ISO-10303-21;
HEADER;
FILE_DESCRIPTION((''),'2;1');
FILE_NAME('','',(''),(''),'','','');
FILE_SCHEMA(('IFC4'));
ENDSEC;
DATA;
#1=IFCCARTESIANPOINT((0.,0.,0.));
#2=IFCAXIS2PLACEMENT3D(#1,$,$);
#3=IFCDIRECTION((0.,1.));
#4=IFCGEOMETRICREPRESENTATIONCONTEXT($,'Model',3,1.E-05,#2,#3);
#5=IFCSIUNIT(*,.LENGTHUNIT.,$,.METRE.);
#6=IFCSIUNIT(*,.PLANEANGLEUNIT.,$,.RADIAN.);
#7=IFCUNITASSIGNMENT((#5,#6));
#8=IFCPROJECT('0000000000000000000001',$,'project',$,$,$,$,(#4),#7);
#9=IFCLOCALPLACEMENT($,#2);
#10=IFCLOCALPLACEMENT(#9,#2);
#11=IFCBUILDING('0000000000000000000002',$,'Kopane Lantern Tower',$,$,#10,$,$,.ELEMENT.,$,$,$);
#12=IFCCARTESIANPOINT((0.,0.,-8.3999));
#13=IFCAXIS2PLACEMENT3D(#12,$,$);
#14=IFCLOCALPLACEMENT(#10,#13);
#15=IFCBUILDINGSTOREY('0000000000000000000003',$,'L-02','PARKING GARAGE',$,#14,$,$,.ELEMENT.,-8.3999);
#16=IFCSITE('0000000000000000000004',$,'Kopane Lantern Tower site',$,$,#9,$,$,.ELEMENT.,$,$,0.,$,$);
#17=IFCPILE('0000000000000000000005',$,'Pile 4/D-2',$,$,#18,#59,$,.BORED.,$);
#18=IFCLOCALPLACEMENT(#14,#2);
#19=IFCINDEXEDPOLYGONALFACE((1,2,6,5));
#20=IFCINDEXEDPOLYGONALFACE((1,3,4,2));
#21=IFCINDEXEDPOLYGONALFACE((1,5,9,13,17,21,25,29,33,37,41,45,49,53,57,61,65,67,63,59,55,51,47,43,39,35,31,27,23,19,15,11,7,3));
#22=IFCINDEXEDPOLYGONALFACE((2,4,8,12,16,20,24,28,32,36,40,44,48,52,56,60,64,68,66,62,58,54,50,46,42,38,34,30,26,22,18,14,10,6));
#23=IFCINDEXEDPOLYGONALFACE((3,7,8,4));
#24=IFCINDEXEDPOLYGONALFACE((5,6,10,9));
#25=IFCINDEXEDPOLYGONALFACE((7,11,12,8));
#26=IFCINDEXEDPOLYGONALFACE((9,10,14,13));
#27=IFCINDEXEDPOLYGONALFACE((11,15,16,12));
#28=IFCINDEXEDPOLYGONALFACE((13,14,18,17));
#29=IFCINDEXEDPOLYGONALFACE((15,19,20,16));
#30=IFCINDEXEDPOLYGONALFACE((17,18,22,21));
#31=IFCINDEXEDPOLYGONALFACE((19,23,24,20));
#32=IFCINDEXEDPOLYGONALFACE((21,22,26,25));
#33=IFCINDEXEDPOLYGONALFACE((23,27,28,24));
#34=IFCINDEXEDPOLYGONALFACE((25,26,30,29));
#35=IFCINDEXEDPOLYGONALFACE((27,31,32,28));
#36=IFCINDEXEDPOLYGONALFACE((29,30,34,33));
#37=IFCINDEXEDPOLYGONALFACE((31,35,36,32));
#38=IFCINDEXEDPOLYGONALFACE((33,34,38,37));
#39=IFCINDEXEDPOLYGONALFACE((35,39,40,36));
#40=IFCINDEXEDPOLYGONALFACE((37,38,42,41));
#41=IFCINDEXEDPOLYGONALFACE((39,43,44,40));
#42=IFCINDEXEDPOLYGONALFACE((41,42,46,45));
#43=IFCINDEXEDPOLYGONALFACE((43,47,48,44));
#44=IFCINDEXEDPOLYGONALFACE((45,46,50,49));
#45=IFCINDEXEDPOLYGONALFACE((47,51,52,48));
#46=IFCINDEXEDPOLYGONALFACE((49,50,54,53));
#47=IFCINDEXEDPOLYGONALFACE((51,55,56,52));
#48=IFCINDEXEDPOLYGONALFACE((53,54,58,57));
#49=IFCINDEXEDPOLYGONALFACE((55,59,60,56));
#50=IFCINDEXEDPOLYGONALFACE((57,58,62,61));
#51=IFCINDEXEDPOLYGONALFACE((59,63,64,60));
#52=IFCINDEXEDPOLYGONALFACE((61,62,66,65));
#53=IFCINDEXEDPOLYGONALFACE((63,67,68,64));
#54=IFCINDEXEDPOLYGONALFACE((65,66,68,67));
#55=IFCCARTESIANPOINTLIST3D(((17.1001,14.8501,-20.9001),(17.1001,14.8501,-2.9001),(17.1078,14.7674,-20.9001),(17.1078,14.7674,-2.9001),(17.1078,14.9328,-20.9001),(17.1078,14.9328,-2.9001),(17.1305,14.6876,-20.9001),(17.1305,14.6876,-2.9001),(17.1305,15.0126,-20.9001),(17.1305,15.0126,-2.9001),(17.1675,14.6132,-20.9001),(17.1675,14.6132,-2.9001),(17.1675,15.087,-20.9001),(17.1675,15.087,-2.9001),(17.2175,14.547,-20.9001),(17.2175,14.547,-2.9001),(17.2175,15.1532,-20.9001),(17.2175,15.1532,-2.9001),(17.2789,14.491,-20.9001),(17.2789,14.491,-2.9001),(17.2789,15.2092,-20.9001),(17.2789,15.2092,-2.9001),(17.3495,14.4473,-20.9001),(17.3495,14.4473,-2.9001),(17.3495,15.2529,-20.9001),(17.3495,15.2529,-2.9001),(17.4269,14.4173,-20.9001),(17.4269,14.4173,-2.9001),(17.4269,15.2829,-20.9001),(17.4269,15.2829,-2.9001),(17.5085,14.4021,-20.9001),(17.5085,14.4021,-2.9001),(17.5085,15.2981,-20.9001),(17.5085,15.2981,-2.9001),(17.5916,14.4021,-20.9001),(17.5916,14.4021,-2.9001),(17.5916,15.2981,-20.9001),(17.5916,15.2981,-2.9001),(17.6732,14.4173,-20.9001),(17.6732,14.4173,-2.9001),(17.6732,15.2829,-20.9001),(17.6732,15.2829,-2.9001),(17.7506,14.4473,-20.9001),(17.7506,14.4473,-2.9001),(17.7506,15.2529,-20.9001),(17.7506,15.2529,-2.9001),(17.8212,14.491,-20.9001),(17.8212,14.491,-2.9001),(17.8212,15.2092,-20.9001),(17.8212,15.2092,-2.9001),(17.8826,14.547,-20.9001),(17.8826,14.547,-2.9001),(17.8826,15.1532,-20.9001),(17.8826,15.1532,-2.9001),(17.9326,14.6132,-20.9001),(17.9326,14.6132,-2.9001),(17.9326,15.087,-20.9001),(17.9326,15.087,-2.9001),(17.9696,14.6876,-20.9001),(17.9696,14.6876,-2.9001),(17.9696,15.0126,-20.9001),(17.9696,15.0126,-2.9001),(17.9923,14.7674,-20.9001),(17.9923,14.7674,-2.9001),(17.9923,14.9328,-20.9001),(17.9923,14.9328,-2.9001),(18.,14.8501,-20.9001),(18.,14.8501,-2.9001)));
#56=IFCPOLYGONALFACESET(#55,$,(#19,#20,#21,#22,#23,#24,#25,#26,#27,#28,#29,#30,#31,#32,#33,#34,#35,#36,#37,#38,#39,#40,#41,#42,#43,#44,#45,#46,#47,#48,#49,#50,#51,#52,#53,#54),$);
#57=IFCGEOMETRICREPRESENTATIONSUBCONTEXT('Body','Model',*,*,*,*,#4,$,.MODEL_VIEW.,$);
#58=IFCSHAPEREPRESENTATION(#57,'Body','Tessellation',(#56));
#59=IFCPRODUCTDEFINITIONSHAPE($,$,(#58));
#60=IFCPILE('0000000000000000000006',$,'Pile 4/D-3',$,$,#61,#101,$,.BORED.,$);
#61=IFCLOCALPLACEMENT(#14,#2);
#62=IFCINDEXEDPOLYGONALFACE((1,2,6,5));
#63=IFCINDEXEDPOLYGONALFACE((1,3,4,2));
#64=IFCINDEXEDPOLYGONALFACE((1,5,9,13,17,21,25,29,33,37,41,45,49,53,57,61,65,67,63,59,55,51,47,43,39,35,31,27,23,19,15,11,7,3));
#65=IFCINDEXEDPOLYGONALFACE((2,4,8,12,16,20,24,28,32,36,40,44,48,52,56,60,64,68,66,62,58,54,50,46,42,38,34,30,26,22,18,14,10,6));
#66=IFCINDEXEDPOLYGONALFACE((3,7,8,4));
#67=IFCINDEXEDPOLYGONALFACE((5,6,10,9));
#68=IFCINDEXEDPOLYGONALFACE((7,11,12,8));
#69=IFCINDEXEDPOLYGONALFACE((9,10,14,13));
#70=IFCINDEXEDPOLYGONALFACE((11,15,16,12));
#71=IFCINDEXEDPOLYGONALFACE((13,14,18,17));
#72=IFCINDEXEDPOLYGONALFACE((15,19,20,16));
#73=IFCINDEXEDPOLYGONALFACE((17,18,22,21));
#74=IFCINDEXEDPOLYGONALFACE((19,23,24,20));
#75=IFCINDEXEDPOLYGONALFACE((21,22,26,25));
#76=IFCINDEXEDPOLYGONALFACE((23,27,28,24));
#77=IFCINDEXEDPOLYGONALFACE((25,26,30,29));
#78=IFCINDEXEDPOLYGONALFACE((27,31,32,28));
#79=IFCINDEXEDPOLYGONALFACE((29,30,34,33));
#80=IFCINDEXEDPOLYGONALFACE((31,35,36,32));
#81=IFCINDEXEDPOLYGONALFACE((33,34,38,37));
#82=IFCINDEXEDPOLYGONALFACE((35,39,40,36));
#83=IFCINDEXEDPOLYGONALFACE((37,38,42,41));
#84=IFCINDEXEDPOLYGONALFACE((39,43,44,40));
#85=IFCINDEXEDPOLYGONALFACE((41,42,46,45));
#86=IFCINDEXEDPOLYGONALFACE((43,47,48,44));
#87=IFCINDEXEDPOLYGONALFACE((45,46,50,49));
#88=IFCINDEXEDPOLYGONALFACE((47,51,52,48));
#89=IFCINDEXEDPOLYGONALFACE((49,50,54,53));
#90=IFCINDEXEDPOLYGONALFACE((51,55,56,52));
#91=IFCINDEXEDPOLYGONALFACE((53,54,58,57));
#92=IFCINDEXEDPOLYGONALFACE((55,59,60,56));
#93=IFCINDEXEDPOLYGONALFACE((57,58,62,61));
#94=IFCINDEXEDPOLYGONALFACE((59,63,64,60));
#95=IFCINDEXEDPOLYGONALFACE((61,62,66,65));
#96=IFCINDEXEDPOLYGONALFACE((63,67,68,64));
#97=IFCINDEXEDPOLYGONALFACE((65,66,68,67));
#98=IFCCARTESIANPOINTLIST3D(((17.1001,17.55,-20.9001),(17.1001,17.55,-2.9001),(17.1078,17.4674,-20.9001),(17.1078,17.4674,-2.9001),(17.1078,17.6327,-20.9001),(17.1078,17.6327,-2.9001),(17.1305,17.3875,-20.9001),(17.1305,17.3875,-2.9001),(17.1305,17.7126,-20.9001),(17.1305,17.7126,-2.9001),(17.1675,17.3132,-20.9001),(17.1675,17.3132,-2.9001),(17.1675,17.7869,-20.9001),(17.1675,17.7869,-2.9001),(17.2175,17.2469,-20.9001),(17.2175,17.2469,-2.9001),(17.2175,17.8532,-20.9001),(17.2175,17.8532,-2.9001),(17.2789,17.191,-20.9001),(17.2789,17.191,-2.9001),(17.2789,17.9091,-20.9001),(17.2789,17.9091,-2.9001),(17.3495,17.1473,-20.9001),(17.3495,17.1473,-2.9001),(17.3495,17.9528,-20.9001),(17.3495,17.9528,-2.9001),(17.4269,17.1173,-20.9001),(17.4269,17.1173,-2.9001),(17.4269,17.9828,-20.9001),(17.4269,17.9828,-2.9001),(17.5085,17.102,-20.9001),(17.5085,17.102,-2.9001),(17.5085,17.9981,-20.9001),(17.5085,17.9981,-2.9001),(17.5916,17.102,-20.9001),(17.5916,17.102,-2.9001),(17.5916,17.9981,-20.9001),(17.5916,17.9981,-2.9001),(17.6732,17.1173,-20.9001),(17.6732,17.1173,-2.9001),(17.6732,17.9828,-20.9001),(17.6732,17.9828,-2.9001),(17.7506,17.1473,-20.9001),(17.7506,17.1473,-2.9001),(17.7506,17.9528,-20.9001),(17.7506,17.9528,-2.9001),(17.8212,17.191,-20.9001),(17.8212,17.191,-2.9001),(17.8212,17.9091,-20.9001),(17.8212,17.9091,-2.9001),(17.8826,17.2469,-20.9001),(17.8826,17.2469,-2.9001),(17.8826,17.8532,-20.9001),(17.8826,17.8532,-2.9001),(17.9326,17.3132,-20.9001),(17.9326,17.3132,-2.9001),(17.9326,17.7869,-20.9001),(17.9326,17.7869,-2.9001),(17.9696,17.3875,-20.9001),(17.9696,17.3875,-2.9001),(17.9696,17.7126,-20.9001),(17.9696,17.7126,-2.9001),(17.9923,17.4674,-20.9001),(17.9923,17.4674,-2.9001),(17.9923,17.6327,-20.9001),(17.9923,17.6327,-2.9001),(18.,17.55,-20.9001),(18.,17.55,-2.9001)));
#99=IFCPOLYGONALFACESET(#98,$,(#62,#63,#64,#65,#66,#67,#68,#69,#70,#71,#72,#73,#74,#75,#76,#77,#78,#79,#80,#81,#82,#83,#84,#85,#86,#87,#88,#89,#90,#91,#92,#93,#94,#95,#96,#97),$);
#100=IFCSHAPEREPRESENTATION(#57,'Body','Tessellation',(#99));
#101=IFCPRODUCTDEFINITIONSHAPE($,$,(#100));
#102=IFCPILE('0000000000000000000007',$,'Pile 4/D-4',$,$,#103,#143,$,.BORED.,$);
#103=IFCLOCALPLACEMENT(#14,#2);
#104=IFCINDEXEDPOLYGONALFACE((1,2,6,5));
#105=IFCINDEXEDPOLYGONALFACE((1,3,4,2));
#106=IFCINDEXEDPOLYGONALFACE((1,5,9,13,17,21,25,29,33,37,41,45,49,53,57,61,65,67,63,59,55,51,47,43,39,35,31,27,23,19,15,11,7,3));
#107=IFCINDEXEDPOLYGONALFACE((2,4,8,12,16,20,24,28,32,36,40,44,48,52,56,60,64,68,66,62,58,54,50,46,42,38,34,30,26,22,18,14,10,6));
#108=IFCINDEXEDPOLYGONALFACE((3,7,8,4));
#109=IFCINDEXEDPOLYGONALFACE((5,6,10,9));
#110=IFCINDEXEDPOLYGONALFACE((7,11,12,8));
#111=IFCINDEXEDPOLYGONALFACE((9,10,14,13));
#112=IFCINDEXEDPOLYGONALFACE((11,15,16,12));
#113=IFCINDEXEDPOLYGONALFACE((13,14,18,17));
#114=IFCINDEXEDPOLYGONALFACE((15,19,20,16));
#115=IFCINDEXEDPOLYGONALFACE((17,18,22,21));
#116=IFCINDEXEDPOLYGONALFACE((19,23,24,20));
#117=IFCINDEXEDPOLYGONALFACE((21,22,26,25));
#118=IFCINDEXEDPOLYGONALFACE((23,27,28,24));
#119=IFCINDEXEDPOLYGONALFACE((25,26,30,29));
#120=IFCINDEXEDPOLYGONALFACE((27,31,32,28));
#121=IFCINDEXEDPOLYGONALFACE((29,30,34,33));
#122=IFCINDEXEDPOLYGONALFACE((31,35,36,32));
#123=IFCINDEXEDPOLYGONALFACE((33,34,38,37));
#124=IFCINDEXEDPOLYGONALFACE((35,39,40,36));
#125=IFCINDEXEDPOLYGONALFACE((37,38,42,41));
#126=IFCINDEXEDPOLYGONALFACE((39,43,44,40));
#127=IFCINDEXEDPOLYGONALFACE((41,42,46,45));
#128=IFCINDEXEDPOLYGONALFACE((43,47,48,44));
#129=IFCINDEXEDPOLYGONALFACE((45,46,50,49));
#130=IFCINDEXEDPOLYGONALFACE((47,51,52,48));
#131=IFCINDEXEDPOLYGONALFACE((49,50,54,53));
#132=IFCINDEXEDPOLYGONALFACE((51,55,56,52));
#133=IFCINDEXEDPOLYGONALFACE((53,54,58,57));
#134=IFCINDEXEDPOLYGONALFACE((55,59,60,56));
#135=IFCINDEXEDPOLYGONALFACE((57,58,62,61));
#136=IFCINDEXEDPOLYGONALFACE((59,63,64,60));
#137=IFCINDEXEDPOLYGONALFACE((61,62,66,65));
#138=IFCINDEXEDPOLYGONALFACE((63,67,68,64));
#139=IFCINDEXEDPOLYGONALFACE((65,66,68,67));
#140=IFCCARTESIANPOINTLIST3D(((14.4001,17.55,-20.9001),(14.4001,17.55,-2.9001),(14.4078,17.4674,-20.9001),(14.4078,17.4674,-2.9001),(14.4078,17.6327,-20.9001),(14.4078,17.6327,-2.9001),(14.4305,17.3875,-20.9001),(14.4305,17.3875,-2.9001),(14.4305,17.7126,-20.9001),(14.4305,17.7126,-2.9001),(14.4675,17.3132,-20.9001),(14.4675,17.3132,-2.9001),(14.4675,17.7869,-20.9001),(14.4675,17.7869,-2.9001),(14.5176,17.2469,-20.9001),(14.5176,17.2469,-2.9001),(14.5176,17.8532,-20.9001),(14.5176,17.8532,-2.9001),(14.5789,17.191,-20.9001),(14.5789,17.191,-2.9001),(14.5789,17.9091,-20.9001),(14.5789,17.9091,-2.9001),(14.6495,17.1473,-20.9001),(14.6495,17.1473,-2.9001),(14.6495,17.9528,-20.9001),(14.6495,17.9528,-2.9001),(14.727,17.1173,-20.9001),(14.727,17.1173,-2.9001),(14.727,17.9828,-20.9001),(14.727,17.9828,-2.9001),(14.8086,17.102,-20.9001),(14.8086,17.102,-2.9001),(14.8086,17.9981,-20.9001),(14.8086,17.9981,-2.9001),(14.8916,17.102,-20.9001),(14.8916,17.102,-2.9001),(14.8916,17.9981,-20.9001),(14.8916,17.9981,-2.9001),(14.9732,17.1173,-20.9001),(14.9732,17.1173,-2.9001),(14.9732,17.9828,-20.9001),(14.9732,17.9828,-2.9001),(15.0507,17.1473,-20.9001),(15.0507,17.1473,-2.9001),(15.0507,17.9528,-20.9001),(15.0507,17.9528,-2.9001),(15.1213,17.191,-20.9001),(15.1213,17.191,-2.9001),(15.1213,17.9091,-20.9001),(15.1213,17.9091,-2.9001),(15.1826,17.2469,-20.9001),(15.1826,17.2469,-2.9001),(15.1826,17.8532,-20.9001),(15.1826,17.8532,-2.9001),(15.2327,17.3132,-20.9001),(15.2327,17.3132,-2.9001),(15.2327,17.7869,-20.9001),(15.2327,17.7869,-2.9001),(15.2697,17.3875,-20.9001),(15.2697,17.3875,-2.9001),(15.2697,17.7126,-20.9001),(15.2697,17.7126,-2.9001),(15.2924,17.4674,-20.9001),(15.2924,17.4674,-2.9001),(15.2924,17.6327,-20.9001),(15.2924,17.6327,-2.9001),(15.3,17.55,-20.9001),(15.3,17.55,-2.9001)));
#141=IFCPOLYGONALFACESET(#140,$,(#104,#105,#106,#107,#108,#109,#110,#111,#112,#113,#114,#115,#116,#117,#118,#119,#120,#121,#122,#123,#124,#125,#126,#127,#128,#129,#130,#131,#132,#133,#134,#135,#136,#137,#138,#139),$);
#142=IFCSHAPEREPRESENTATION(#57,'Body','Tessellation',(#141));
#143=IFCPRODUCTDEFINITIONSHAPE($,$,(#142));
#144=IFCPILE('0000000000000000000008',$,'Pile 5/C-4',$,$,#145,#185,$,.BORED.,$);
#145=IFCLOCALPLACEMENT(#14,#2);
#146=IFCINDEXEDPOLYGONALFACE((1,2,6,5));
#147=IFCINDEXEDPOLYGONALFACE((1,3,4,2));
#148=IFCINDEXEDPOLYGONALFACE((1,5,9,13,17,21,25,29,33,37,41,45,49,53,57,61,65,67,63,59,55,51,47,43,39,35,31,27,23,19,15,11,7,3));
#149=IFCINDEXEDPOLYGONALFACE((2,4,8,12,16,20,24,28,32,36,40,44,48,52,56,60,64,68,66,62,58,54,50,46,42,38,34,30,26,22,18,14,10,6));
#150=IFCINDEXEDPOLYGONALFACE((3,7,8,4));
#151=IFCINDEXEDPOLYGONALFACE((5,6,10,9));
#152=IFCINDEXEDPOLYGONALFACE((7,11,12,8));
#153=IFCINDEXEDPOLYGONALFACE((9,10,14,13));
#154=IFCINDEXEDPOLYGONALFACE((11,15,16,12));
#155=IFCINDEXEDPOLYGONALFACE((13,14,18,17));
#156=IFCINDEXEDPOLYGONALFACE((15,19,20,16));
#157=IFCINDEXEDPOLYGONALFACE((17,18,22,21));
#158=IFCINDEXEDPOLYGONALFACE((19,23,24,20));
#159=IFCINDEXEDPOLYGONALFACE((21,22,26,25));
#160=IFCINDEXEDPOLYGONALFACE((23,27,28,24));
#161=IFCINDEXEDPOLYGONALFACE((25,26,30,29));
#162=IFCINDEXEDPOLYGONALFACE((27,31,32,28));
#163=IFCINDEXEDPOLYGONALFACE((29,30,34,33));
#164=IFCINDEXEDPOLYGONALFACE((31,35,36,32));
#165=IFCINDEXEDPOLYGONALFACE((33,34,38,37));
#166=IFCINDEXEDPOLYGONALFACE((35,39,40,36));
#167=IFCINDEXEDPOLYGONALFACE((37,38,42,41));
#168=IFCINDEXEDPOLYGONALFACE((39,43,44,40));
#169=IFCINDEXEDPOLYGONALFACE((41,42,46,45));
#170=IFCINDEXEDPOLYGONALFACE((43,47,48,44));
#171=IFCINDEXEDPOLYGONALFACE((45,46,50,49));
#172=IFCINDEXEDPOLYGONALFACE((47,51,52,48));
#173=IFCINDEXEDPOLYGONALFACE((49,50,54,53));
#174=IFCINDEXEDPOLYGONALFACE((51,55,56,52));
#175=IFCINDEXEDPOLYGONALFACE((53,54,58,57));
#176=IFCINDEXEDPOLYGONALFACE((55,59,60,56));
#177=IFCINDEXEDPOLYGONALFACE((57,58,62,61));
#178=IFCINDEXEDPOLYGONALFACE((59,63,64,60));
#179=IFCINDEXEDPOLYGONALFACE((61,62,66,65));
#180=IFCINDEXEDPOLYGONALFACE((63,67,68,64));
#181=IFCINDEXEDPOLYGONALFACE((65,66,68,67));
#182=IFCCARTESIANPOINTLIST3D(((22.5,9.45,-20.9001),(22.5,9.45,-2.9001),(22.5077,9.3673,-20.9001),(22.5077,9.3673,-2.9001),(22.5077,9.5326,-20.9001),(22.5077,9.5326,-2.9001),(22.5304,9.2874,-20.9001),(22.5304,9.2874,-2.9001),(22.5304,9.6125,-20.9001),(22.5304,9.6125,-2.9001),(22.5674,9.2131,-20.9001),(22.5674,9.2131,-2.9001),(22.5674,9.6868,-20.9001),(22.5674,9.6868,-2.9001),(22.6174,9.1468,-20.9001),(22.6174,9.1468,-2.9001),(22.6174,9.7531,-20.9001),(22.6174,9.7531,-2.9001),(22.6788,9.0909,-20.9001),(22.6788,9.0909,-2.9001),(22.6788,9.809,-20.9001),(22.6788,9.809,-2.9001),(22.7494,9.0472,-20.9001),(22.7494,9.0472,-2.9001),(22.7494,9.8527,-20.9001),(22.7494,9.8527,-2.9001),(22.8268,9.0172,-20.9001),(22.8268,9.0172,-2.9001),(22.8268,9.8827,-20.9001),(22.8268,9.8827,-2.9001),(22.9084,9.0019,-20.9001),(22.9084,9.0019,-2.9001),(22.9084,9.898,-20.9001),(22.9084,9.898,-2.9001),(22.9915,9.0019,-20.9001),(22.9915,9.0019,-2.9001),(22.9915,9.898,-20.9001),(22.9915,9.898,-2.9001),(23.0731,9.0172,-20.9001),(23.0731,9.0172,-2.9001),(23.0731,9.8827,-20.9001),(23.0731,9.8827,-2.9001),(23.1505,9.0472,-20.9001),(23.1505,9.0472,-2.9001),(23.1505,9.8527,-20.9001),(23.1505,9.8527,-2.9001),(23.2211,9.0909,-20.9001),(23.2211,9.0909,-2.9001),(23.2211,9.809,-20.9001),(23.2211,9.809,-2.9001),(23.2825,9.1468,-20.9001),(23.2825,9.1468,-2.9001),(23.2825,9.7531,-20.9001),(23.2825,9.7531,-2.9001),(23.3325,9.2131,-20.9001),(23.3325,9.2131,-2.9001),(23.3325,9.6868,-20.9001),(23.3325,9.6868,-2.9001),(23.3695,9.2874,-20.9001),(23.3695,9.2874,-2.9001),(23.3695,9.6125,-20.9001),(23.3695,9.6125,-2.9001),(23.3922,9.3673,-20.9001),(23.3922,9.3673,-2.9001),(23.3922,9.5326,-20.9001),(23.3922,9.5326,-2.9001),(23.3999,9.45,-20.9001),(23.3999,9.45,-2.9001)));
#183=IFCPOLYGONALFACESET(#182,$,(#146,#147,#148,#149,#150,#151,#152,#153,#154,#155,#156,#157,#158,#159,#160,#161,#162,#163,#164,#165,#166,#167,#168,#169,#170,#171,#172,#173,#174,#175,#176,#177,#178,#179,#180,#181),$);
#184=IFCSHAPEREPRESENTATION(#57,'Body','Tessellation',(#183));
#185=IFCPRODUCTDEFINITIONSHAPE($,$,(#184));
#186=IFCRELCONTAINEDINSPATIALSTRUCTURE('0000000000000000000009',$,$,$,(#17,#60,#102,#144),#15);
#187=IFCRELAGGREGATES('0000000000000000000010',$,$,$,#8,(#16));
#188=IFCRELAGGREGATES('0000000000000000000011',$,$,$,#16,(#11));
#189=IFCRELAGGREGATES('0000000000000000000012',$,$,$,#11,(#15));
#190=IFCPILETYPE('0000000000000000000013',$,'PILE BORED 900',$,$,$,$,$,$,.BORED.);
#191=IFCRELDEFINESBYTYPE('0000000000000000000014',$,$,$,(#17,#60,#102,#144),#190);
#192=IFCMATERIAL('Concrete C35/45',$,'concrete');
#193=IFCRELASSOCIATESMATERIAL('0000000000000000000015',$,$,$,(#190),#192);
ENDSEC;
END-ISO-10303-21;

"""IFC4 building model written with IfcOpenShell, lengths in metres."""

from ifc_helpers import new_model, si_unit, direction, frame, origin, origin_2d, place, context, subcontext, project, spatial, circle, extrude, material, material_profile, profile_set, type_object, element, save


model = new_model("IFC4")

# Units and contexts
model_context = context("Model", 3, precision=1e-05, world=origin(), true_north=direction((0.0, 1.0)))
body_context = subcontext(model_context, "Body", "Model", "MODEL_VIEW")
ifc_project = project(units=[si_unit("LENGTHUNIT", "METRE"), si_unit("PLANEANGLEUNIT", "RADIAN")], contexts=[model_context])

# Site, building, storey
site_placement = place(None, origin())
site = spatial("IfcSite", under=ifc_project, at=site_placement, Name="Kopane Lantern Tower site", CompositionType="ELEMENT", RefElevation=0.0)
building_placement = place(site_placement, origin())
building = spatial("IfcBuilding", under=site, at=building_placement, Name="Kopane Lantern Tower", CompositionType="ELEMENT")
storey_placement = place(building_placement, frame((0.0, 0.0, -8.3999)))
storey = spatial("IfcBuildingStorey", under=building, at=storey_placement, Name="L-02", Description="PARKING GARAGE", CompositionType="ELEMENT", Elevation=-8.3999)

# Piles
ifc_material_1 = material(Name="Concrete C35/45", Category="concrete")
ifc_material_profile_1 = material_profile(ifc_material_1, circle(Radius=0.45, at=origin_2d()), Name="D900")
ifc_profile_set_1 = profile_set([ifc_material_profile_1], Name="Concrete C35/45")
pile_type_1 = type_object("IfcPileType", Name="PILE BORED 900", PredefinedType="BORED", material=ifc_profile_set_1)
for number, where, z_axis, x_axis, name in (
    (1, (17.55, 14.8501, -2.9001), (0.0, 0.0, -1.0), (1.0, 0.0, 0.0), "Pile 4/D-2"),
    (2, (17.55, 17.55, -2.9001), (0.0, 0.0, -1.0), (1.0, 0.0, 0.0), "Pile 4/D-3"),
    (3, (14.8501, 17.55, -2.9001), (0.0, 0.0, -1.0), (1.0, 0.0, 0.0), "Pile 4/D-4"),
    (4, (22.95, 9.45, -2.9001), (0.0, 0.0, -1.0), (1.0, 0.0, 0.0), "Pile 5/C-4"),
):
    element("IfcPile", number, at=place(storey_placement, frame(where, z_axis=z_axis, x_axis=x_axis)), inside=storey, type_object=pile_type_1, Name=name, PredefinedType="BORED", context=body_context, shape_type="SweptSolid", body=[
        extrude(circle(Radius=0.45, at=origin_2d()), origin(), (0.0, 0.0, 1.0), 18.0),
    ])

save(model, "model.ifc")
